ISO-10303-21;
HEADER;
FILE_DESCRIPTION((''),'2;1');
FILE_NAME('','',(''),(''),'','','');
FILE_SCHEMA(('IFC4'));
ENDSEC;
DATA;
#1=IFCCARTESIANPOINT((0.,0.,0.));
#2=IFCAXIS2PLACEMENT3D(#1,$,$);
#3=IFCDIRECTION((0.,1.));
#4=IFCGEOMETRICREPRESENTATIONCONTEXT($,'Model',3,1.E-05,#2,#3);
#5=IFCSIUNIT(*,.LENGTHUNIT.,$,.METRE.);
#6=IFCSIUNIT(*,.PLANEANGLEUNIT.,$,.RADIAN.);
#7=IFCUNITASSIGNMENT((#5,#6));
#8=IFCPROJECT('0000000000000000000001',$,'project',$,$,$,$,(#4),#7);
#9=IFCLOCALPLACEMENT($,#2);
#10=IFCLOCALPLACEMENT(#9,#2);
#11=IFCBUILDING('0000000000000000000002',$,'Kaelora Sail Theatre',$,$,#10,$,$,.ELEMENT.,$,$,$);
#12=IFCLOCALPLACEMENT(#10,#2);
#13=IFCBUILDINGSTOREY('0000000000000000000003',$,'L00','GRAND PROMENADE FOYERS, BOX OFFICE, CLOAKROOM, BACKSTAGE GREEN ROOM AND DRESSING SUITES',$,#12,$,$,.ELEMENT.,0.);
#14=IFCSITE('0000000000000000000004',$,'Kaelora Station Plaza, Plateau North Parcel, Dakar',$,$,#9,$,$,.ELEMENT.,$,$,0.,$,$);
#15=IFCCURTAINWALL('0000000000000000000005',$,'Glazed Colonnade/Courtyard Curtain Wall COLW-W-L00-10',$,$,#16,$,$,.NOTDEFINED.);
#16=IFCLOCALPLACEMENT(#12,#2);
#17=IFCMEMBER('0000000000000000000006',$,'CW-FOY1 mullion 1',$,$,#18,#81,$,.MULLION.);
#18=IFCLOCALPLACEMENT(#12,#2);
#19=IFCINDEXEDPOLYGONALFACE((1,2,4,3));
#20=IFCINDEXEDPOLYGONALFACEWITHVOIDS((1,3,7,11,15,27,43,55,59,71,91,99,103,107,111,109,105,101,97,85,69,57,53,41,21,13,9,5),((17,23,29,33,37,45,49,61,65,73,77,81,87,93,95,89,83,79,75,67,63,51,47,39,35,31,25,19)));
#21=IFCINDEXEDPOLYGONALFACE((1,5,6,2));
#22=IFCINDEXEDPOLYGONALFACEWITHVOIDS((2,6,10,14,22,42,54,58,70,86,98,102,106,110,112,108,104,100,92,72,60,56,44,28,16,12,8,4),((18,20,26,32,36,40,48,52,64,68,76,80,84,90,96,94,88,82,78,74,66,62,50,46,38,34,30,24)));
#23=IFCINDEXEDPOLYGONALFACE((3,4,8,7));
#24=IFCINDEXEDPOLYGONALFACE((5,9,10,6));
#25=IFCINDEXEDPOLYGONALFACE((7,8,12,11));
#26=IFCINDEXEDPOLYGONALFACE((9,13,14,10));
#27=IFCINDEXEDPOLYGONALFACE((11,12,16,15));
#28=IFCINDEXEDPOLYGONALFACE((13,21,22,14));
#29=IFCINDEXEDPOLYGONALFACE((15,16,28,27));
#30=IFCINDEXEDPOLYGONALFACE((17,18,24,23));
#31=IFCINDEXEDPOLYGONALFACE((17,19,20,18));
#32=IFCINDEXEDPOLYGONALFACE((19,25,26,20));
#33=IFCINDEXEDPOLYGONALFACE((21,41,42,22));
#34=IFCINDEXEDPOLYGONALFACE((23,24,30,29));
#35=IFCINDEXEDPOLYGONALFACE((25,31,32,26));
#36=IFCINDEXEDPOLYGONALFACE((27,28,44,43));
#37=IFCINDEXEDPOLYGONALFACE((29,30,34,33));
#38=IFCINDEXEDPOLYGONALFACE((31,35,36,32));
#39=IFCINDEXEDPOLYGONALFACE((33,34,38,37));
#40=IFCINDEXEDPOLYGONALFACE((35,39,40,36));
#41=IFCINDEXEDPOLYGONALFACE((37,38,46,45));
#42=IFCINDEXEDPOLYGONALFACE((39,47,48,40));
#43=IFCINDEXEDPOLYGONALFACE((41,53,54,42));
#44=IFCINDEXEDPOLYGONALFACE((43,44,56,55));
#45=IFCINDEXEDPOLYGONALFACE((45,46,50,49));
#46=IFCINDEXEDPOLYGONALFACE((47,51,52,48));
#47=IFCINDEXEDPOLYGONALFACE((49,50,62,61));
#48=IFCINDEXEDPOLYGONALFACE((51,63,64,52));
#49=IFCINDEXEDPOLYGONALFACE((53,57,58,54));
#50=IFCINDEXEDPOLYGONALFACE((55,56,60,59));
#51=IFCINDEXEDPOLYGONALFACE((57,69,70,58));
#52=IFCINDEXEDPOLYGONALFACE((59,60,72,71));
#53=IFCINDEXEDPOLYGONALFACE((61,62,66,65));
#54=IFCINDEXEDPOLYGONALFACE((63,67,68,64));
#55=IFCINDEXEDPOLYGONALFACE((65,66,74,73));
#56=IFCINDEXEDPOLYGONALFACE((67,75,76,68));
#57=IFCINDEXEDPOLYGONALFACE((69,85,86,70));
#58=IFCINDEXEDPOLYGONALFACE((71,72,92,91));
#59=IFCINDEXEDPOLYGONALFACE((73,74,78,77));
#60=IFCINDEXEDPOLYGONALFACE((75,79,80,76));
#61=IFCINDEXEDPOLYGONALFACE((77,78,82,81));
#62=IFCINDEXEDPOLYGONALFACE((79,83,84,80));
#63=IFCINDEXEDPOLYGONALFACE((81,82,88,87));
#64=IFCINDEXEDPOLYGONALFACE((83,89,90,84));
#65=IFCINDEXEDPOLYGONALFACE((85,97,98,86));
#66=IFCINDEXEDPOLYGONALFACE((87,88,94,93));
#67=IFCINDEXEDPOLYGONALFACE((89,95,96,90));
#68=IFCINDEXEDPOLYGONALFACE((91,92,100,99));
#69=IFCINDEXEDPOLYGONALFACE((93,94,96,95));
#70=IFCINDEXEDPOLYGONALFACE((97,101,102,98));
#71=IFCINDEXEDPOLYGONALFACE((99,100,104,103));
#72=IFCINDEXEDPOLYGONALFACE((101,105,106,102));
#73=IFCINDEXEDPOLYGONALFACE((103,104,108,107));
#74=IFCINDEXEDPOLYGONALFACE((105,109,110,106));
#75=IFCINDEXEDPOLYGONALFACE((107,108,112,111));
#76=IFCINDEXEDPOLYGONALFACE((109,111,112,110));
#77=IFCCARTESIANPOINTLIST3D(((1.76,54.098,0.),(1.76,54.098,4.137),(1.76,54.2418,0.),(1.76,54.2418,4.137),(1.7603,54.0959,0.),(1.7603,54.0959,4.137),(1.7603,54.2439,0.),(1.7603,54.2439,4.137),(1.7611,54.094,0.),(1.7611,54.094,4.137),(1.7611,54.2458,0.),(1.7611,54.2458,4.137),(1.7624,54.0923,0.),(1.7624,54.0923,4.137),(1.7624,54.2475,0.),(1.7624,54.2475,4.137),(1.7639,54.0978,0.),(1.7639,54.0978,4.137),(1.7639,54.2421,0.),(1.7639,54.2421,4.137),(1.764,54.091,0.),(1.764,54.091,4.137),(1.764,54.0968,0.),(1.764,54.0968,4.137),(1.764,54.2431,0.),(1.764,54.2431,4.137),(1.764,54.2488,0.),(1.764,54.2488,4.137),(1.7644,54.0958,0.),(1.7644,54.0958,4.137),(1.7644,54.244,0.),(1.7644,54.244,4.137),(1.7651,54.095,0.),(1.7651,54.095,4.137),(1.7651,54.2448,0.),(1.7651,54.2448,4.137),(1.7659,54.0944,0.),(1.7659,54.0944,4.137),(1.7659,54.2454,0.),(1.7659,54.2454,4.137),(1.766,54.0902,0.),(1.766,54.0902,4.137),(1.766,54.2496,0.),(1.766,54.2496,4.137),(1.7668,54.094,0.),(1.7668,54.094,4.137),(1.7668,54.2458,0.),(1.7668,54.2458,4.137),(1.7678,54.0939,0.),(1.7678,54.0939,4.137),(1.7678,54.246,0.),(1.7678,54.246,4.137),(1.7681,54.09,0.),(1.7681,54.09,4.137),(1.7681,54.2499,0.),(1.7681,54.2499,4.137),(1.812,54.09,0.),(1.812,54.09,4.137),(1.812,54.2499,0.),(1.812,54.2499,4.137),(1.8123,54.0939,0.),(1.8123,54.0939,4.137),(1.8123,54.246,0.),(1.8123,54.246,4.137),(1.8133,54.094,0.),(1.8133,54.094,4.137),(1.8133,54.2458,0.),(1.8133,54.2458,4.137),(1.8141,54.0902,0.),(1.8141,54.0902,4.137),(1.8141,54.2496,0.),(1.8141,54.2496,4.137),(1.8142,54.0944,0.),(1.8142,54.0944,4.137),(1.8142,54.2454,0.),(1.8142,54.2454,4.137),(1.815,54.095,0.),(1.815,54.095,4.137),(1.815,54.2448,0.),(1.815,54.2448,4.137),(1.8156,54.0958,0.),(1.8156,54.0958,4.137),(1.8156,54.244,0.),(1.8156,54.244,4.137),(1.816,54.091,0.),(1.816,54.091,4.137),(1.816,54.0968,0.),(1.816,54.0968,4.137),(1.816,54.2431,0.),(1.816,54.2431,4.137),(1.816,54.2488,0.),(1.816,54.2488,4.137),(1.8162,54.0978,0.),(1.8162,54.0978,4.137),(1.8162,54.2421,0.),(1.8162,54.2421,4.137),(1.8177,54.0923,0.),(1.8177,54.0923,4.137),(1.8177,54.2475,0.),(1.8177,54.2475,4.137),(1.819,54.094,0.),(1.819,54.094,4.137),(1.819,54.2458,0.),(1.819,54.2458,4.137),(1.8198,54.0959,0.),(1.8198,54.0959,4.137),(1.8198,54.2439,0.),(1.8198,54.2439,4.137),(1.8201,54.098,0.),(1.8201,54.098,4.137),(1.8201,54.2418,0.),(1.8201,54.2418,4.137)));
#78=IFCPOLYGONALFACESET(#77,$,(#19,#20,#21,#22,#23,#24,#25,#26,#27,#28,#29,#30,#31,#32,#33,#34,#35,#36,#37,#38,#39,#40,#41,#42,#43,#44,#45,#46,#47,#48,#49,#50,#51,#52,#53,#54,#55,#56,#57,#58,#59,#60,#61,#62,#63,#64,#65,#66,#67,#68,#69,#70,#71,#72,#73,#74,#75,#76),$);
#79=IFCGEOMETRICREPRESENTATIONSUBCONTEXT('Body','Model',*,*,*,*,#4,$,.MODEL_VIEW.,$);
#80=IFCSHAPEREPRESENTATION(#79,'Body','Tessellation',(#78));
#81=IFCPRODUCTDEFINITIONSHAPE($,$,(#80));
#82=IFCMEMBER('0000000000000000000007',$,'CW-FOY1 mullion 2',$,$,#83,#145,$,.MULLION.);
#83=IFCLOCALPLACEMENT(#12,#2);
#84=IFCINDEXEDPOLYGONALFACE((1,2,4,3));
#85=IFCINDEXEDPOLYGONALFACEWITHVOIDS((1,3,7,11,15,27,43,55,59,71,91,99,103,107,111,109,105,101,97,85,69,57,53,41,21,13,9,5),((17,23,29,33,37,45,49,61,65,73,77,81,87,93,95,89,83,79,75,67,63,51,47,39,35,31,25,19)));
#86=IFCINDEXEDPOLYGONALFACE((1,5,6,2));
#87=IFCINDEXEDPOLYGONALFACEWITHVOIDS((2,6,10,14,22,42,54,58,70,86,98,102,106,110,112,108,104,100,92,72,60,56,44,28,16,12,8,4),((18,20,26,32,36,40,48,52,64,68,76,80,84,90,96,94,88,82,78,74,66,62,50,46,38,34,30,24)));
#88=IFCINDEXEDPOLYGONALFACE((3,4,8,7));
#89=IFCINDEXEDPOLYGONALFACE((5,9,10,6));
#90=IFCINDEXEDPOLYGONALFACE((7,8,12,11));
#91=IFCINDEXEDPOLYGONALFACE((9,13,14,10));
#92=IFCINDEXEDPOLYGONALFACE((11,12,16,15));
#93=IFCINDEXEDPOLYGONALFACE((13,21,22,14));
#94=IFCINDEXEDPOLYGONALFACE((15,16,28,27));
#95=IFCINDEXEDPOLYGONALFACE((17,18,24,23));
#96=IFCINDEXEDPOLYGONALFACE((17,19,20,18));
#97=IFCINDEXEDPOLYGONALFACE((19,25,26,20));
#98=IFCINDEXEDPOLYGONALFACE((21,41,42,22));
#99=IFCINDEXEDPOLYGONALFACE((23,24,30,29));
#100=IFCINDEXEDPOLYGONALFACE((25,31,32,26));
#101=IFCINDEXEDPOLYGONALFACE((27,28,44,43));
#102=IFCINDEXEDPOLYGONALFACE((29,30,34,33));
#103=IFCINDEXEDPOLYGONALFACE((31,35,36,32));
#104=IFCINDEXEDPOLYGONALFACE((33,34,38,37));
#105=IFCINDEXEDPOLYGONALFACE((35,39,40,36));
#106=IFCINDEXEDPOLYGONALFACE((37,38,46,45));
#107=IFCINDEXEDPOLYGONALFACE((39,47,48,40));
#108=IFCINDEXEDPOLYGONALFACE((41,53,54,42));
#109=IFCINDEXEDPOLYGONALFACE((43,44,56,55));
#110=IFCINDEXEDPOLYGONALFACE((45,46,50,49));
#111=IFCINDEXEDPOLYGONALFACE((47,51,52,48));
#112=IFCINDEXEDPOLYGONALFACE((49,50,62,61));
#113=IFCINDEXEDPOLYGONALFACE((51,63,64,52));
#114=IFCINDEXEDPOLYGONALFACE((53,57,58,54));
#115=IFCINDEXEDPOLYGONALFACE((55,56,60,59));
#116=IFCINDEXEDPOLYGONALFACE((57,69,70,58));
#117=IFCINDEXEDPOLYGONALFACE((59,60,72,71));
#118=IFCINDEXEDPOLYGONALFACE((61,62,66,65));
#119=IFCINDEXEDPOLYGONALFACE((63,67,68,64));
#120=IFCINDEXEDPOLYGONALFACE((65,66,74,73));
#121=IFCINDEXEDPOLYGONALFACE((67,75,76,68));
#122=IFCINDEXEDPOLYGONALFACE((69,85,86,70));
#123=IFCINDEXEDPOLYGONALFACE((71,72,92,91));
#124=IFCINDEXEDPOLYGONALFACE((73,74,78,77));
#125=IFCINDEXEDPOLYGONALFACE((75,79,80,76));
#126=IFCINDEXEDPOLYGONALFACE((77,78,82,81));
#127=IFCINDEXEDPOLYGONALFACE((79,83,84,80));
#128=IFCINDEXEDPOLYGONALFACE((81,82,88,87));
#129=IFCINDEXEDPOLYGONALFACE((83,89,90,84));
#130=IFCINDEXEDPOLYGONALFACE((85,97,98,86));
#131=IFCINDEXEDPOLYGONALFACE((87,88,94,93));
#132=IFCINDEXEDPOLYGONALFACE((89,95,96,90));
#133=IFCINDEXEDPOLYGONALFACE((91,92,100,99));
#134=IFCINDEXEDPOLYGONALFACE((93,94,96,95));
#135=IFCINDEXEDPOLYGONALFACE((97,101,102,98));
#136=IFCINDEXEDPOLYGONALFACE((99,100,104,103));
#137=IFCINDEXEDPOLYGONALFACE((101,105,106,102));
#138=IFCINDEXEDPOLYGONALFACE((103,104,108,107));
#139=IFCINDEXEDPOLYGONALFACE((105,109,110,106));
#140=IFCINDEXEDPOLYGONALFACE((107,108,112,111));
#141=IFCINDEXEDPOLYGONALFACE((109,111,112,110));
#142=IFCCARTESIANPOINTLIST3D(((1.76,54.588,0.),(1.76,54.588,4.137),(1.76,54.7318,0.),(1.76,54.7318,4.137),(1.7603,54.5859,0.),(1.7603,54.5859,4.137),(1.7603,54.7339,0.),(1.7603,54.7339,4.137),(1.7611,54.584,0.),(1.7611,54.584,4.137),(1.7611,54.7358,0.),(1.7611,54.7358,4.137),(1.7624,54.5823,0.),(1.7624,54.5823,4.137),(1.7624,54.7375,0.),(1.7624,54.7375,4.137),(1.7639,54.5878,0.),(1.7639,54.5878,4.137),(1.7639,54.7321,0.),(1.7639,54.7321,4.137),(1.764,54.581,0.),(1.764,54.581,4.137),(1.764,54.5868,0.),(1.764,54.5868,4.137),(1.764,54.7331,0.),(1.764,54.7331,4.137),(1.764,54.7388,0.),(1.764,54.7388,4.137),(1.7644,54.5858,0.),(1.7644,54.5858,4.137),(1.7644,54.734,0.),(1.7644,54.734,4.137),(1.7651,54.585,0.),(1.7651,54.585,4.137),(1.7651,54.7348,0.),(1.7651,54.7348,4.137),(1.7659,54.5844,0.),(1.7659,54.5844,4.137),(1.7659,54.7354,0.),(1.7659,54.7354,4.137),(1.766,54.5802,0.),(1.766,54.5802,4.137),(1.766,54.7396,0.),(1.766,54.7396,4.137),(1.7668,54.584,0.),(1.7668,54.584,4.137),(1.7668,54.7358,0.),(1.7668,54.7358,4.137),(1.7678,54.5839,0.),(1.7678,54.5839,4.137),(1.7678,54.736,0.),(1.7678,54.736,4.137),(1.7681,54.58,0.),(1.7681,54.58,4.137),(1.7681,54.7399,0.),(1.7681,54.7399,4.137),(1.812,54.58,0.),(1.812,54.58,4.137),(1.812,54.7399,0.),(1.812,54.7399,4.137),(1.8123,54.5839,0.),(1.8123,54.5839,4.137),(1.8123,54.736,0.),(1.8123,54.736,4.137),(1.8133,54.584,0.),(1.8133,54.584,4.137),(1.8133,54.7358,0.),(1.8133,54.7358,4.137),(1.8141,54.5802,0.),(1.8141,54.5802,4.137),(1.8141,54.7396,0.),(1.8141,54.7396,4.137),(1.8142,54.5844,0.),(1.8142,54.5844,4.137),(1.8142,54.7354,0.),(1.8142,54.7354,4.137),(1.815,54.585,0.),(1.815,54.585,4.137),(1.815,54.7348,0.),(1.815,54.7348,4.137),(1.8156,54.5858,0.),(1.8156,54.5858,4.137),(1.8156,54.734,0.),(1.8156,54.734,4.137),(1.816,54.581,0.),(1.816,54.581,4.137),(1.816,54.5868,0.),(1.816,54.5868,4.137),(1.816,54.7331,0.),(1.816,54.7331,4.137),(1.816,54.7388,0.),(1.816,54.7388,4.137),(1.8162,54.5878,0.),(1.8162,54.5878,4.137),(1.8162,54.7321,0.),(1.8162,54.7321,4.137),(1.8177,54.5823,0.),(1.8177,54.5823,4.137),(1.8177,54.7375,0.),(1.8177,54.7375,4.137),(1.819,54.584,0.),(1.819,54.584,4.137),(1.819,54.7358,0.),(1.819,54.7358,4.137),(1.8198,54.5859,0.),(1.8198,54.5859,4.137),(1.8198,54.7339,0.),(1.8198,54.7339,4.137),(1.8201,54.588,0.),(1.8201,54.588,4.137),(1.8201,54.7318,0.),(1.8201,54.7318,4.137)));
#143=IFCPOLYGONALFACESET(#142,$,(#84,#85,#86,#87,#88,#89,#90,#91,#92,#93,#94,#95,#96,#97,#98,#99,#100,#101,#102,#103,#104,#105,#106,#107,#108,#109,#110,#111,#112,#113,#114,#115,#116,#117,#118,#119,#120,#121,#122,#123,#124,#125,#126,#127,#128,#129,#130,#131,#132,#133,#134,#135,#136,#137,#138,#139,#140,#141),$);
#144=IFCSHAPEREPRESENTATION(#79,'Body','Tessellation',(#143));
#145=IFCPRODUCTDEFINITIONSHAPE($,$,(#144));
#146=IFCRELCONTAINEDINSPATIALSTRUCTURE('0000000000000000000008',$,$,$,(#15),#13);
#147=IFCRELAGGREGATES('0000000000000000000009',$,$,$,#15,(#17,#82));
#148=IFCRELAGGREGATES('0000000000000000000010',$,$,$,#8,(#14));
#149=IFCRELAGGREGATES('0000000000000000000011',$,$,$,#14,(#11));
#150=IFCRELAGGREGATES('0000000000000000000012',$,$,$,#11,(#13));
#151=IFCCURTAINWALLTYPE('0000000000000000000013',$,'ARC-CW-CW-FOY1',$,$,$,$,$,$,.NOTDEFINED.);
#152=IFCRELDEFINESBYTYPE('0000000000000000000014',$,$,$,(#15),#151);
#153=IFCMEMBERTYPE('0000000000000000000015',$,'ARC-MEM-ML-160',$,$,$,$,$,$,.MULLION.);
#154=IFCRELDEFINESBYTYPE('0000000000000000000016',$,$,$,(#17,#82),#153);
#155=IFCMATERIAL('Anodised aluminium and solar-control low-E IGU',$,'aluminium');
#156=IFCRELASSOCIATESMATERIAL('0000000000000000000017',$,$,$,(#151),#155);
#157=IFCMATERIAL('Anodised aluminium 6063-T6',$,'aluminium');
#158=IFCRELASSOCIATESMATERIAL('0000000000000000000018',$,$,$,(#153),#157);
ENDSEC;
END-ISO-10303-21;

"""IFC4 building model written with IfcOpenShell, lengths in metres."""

from ifc_helpers import new_model, si_unit, direction, frame, origin, origin_2d, place, context, subcontext, project, spatial, hollow_rectangle, extrude, material, material_profile, profile_set, type_object, element, aggregate, save


model = new_model("IFC4")

# Units and contexts
model_context = context("Model", 3, precision=1e-05, world=origin(), true_north=direction((0.0, 1.0)))
body_context = subcontext(model_context, "Body", "Model", "MODEL_VIEW")
ifc_project = project(units=[si_unit("LENGTHUNIT", "METRE"), si_unit("PLANEANGLEUNIT", "RADIAN")], contexts=[model_context])

# Site, building, storey
site_placement = place(None, origin())
site = spatial("IfcSite", under=ifc_project, at=site_placement, Name="Kaelora Station Plaza, Plateau North Parcel, Dakar", CompositionType="ELEMENT", RefElevation=0.0)
building_placement = place(site_placement, origin())
building = spatial("IfcBuilding", under=site, at=building_placement, Name="Kaelora Sail Theatre", CompositionType="ELEMENT")
storey_placement = place(building_placement, origin())
storey = spatial("IfcBuildingStorey", under=building, at=storey_placement, Name="L00", Description="GRAND PROMENADE FOYERS, BOX OFFICE, CLOAKROOM, BACKSTAGE GREEN ROOM AND DRESSING SUITES", CompositionType="ELEMENT", Elevation=0.0)

# Curtain wall, members
ifc_material_1 = material(Name="Anodised aluminium and solar-control low-E IGU", Category="aluminium")
curtain_wall_type = type_object("IfcCurtainWallType", Name="ARC-CW-CW-FOY1", PredefinedType="NOTDEFINED", material=ifc_material_1)
ifc_material_2 = material(Name="Anodised aluminium 6063-T6", Category="aluminium")
ifc_material_profile_1 = material_profile(ifc_material_2, hollow_rectangle(XDim=0.0601, YDim=0.1599, WallThickness=0.0039, InnerFilletRadius=0.0039, OuterFilletRadius=0.0081, at=origin_2d()), Name="ALU-MULL 60x160x4")
ifc_profile_set_1 = profile_set([ifc_material_profile_1], Name="Anodised aluminium 6063-T6")
member_type_1 = type_object("IfcMemberType", Name="ARC-MEM-ML-160", PredefinedType="MULLION", material=ifc_profile_set_1)
curtain_wall_1_placement = place(storey_placement, origin())
curtain_wall_1 = element("IfcCurtainWall", 1, at=curtain_wall_1_placement, inside=storey, type_object=curtain_wall_type, Name="Glazed Colonnade/Courtyard Curtain Wall COLW-W-L00-10", PredefinedType="NOTDEFINED")
member_1_placement = place(storey_placement, frame((1.79, 54.1699, 0.0), z_axis=(0.0, 0.0, 1.0), x_axis=(-1.0, 0.0, 0.0)))
member_1 = element("IfcMember", 2, at=member_1_placement, type_object=member_type_1, Name="CW-FOY1 mullion 1", PredefinedType="MULLION", context=body_context, shape_type="SweptSolid", body=[
    extrude(hollow_rectangle(XDim=0.0601, YDim=0.1599, WallThickness=0.0039, InnerFilletRadius=0.0039, OuterFilletRadius=0.0081, at=origin_2d()), origin(), (0.0, 0.0, 1.0), 4.137),
])
member_2_placement = place(storey_placement, frame((1.79, 54.6599, 0.0), z_axis=(0.0, 0.0, 1.0), x_axis=(-1.0, 0.0, 0.0)))
member_2 = element("IfcMember", 3, at=member_2_placement, type_object=member_type_1, Name="CW-FOY1 mullion 2", PredefinedType="MULLION", context=body_context, shape_type="SweptSolid", body=[
    extrude(hollow_rectangle(XDim=0.0601, YDim=0.1599, WallThickness=0.0039, InnerFilletRadius=0.0039, OuterFilletRadius=0.0081, at=origin_2d()), origin(), (0.0, 0.0, 1.0), 4.137),
])

aggregate(curtain_wall_1, [member_1, member_2])

save(model, "model.ifc")
